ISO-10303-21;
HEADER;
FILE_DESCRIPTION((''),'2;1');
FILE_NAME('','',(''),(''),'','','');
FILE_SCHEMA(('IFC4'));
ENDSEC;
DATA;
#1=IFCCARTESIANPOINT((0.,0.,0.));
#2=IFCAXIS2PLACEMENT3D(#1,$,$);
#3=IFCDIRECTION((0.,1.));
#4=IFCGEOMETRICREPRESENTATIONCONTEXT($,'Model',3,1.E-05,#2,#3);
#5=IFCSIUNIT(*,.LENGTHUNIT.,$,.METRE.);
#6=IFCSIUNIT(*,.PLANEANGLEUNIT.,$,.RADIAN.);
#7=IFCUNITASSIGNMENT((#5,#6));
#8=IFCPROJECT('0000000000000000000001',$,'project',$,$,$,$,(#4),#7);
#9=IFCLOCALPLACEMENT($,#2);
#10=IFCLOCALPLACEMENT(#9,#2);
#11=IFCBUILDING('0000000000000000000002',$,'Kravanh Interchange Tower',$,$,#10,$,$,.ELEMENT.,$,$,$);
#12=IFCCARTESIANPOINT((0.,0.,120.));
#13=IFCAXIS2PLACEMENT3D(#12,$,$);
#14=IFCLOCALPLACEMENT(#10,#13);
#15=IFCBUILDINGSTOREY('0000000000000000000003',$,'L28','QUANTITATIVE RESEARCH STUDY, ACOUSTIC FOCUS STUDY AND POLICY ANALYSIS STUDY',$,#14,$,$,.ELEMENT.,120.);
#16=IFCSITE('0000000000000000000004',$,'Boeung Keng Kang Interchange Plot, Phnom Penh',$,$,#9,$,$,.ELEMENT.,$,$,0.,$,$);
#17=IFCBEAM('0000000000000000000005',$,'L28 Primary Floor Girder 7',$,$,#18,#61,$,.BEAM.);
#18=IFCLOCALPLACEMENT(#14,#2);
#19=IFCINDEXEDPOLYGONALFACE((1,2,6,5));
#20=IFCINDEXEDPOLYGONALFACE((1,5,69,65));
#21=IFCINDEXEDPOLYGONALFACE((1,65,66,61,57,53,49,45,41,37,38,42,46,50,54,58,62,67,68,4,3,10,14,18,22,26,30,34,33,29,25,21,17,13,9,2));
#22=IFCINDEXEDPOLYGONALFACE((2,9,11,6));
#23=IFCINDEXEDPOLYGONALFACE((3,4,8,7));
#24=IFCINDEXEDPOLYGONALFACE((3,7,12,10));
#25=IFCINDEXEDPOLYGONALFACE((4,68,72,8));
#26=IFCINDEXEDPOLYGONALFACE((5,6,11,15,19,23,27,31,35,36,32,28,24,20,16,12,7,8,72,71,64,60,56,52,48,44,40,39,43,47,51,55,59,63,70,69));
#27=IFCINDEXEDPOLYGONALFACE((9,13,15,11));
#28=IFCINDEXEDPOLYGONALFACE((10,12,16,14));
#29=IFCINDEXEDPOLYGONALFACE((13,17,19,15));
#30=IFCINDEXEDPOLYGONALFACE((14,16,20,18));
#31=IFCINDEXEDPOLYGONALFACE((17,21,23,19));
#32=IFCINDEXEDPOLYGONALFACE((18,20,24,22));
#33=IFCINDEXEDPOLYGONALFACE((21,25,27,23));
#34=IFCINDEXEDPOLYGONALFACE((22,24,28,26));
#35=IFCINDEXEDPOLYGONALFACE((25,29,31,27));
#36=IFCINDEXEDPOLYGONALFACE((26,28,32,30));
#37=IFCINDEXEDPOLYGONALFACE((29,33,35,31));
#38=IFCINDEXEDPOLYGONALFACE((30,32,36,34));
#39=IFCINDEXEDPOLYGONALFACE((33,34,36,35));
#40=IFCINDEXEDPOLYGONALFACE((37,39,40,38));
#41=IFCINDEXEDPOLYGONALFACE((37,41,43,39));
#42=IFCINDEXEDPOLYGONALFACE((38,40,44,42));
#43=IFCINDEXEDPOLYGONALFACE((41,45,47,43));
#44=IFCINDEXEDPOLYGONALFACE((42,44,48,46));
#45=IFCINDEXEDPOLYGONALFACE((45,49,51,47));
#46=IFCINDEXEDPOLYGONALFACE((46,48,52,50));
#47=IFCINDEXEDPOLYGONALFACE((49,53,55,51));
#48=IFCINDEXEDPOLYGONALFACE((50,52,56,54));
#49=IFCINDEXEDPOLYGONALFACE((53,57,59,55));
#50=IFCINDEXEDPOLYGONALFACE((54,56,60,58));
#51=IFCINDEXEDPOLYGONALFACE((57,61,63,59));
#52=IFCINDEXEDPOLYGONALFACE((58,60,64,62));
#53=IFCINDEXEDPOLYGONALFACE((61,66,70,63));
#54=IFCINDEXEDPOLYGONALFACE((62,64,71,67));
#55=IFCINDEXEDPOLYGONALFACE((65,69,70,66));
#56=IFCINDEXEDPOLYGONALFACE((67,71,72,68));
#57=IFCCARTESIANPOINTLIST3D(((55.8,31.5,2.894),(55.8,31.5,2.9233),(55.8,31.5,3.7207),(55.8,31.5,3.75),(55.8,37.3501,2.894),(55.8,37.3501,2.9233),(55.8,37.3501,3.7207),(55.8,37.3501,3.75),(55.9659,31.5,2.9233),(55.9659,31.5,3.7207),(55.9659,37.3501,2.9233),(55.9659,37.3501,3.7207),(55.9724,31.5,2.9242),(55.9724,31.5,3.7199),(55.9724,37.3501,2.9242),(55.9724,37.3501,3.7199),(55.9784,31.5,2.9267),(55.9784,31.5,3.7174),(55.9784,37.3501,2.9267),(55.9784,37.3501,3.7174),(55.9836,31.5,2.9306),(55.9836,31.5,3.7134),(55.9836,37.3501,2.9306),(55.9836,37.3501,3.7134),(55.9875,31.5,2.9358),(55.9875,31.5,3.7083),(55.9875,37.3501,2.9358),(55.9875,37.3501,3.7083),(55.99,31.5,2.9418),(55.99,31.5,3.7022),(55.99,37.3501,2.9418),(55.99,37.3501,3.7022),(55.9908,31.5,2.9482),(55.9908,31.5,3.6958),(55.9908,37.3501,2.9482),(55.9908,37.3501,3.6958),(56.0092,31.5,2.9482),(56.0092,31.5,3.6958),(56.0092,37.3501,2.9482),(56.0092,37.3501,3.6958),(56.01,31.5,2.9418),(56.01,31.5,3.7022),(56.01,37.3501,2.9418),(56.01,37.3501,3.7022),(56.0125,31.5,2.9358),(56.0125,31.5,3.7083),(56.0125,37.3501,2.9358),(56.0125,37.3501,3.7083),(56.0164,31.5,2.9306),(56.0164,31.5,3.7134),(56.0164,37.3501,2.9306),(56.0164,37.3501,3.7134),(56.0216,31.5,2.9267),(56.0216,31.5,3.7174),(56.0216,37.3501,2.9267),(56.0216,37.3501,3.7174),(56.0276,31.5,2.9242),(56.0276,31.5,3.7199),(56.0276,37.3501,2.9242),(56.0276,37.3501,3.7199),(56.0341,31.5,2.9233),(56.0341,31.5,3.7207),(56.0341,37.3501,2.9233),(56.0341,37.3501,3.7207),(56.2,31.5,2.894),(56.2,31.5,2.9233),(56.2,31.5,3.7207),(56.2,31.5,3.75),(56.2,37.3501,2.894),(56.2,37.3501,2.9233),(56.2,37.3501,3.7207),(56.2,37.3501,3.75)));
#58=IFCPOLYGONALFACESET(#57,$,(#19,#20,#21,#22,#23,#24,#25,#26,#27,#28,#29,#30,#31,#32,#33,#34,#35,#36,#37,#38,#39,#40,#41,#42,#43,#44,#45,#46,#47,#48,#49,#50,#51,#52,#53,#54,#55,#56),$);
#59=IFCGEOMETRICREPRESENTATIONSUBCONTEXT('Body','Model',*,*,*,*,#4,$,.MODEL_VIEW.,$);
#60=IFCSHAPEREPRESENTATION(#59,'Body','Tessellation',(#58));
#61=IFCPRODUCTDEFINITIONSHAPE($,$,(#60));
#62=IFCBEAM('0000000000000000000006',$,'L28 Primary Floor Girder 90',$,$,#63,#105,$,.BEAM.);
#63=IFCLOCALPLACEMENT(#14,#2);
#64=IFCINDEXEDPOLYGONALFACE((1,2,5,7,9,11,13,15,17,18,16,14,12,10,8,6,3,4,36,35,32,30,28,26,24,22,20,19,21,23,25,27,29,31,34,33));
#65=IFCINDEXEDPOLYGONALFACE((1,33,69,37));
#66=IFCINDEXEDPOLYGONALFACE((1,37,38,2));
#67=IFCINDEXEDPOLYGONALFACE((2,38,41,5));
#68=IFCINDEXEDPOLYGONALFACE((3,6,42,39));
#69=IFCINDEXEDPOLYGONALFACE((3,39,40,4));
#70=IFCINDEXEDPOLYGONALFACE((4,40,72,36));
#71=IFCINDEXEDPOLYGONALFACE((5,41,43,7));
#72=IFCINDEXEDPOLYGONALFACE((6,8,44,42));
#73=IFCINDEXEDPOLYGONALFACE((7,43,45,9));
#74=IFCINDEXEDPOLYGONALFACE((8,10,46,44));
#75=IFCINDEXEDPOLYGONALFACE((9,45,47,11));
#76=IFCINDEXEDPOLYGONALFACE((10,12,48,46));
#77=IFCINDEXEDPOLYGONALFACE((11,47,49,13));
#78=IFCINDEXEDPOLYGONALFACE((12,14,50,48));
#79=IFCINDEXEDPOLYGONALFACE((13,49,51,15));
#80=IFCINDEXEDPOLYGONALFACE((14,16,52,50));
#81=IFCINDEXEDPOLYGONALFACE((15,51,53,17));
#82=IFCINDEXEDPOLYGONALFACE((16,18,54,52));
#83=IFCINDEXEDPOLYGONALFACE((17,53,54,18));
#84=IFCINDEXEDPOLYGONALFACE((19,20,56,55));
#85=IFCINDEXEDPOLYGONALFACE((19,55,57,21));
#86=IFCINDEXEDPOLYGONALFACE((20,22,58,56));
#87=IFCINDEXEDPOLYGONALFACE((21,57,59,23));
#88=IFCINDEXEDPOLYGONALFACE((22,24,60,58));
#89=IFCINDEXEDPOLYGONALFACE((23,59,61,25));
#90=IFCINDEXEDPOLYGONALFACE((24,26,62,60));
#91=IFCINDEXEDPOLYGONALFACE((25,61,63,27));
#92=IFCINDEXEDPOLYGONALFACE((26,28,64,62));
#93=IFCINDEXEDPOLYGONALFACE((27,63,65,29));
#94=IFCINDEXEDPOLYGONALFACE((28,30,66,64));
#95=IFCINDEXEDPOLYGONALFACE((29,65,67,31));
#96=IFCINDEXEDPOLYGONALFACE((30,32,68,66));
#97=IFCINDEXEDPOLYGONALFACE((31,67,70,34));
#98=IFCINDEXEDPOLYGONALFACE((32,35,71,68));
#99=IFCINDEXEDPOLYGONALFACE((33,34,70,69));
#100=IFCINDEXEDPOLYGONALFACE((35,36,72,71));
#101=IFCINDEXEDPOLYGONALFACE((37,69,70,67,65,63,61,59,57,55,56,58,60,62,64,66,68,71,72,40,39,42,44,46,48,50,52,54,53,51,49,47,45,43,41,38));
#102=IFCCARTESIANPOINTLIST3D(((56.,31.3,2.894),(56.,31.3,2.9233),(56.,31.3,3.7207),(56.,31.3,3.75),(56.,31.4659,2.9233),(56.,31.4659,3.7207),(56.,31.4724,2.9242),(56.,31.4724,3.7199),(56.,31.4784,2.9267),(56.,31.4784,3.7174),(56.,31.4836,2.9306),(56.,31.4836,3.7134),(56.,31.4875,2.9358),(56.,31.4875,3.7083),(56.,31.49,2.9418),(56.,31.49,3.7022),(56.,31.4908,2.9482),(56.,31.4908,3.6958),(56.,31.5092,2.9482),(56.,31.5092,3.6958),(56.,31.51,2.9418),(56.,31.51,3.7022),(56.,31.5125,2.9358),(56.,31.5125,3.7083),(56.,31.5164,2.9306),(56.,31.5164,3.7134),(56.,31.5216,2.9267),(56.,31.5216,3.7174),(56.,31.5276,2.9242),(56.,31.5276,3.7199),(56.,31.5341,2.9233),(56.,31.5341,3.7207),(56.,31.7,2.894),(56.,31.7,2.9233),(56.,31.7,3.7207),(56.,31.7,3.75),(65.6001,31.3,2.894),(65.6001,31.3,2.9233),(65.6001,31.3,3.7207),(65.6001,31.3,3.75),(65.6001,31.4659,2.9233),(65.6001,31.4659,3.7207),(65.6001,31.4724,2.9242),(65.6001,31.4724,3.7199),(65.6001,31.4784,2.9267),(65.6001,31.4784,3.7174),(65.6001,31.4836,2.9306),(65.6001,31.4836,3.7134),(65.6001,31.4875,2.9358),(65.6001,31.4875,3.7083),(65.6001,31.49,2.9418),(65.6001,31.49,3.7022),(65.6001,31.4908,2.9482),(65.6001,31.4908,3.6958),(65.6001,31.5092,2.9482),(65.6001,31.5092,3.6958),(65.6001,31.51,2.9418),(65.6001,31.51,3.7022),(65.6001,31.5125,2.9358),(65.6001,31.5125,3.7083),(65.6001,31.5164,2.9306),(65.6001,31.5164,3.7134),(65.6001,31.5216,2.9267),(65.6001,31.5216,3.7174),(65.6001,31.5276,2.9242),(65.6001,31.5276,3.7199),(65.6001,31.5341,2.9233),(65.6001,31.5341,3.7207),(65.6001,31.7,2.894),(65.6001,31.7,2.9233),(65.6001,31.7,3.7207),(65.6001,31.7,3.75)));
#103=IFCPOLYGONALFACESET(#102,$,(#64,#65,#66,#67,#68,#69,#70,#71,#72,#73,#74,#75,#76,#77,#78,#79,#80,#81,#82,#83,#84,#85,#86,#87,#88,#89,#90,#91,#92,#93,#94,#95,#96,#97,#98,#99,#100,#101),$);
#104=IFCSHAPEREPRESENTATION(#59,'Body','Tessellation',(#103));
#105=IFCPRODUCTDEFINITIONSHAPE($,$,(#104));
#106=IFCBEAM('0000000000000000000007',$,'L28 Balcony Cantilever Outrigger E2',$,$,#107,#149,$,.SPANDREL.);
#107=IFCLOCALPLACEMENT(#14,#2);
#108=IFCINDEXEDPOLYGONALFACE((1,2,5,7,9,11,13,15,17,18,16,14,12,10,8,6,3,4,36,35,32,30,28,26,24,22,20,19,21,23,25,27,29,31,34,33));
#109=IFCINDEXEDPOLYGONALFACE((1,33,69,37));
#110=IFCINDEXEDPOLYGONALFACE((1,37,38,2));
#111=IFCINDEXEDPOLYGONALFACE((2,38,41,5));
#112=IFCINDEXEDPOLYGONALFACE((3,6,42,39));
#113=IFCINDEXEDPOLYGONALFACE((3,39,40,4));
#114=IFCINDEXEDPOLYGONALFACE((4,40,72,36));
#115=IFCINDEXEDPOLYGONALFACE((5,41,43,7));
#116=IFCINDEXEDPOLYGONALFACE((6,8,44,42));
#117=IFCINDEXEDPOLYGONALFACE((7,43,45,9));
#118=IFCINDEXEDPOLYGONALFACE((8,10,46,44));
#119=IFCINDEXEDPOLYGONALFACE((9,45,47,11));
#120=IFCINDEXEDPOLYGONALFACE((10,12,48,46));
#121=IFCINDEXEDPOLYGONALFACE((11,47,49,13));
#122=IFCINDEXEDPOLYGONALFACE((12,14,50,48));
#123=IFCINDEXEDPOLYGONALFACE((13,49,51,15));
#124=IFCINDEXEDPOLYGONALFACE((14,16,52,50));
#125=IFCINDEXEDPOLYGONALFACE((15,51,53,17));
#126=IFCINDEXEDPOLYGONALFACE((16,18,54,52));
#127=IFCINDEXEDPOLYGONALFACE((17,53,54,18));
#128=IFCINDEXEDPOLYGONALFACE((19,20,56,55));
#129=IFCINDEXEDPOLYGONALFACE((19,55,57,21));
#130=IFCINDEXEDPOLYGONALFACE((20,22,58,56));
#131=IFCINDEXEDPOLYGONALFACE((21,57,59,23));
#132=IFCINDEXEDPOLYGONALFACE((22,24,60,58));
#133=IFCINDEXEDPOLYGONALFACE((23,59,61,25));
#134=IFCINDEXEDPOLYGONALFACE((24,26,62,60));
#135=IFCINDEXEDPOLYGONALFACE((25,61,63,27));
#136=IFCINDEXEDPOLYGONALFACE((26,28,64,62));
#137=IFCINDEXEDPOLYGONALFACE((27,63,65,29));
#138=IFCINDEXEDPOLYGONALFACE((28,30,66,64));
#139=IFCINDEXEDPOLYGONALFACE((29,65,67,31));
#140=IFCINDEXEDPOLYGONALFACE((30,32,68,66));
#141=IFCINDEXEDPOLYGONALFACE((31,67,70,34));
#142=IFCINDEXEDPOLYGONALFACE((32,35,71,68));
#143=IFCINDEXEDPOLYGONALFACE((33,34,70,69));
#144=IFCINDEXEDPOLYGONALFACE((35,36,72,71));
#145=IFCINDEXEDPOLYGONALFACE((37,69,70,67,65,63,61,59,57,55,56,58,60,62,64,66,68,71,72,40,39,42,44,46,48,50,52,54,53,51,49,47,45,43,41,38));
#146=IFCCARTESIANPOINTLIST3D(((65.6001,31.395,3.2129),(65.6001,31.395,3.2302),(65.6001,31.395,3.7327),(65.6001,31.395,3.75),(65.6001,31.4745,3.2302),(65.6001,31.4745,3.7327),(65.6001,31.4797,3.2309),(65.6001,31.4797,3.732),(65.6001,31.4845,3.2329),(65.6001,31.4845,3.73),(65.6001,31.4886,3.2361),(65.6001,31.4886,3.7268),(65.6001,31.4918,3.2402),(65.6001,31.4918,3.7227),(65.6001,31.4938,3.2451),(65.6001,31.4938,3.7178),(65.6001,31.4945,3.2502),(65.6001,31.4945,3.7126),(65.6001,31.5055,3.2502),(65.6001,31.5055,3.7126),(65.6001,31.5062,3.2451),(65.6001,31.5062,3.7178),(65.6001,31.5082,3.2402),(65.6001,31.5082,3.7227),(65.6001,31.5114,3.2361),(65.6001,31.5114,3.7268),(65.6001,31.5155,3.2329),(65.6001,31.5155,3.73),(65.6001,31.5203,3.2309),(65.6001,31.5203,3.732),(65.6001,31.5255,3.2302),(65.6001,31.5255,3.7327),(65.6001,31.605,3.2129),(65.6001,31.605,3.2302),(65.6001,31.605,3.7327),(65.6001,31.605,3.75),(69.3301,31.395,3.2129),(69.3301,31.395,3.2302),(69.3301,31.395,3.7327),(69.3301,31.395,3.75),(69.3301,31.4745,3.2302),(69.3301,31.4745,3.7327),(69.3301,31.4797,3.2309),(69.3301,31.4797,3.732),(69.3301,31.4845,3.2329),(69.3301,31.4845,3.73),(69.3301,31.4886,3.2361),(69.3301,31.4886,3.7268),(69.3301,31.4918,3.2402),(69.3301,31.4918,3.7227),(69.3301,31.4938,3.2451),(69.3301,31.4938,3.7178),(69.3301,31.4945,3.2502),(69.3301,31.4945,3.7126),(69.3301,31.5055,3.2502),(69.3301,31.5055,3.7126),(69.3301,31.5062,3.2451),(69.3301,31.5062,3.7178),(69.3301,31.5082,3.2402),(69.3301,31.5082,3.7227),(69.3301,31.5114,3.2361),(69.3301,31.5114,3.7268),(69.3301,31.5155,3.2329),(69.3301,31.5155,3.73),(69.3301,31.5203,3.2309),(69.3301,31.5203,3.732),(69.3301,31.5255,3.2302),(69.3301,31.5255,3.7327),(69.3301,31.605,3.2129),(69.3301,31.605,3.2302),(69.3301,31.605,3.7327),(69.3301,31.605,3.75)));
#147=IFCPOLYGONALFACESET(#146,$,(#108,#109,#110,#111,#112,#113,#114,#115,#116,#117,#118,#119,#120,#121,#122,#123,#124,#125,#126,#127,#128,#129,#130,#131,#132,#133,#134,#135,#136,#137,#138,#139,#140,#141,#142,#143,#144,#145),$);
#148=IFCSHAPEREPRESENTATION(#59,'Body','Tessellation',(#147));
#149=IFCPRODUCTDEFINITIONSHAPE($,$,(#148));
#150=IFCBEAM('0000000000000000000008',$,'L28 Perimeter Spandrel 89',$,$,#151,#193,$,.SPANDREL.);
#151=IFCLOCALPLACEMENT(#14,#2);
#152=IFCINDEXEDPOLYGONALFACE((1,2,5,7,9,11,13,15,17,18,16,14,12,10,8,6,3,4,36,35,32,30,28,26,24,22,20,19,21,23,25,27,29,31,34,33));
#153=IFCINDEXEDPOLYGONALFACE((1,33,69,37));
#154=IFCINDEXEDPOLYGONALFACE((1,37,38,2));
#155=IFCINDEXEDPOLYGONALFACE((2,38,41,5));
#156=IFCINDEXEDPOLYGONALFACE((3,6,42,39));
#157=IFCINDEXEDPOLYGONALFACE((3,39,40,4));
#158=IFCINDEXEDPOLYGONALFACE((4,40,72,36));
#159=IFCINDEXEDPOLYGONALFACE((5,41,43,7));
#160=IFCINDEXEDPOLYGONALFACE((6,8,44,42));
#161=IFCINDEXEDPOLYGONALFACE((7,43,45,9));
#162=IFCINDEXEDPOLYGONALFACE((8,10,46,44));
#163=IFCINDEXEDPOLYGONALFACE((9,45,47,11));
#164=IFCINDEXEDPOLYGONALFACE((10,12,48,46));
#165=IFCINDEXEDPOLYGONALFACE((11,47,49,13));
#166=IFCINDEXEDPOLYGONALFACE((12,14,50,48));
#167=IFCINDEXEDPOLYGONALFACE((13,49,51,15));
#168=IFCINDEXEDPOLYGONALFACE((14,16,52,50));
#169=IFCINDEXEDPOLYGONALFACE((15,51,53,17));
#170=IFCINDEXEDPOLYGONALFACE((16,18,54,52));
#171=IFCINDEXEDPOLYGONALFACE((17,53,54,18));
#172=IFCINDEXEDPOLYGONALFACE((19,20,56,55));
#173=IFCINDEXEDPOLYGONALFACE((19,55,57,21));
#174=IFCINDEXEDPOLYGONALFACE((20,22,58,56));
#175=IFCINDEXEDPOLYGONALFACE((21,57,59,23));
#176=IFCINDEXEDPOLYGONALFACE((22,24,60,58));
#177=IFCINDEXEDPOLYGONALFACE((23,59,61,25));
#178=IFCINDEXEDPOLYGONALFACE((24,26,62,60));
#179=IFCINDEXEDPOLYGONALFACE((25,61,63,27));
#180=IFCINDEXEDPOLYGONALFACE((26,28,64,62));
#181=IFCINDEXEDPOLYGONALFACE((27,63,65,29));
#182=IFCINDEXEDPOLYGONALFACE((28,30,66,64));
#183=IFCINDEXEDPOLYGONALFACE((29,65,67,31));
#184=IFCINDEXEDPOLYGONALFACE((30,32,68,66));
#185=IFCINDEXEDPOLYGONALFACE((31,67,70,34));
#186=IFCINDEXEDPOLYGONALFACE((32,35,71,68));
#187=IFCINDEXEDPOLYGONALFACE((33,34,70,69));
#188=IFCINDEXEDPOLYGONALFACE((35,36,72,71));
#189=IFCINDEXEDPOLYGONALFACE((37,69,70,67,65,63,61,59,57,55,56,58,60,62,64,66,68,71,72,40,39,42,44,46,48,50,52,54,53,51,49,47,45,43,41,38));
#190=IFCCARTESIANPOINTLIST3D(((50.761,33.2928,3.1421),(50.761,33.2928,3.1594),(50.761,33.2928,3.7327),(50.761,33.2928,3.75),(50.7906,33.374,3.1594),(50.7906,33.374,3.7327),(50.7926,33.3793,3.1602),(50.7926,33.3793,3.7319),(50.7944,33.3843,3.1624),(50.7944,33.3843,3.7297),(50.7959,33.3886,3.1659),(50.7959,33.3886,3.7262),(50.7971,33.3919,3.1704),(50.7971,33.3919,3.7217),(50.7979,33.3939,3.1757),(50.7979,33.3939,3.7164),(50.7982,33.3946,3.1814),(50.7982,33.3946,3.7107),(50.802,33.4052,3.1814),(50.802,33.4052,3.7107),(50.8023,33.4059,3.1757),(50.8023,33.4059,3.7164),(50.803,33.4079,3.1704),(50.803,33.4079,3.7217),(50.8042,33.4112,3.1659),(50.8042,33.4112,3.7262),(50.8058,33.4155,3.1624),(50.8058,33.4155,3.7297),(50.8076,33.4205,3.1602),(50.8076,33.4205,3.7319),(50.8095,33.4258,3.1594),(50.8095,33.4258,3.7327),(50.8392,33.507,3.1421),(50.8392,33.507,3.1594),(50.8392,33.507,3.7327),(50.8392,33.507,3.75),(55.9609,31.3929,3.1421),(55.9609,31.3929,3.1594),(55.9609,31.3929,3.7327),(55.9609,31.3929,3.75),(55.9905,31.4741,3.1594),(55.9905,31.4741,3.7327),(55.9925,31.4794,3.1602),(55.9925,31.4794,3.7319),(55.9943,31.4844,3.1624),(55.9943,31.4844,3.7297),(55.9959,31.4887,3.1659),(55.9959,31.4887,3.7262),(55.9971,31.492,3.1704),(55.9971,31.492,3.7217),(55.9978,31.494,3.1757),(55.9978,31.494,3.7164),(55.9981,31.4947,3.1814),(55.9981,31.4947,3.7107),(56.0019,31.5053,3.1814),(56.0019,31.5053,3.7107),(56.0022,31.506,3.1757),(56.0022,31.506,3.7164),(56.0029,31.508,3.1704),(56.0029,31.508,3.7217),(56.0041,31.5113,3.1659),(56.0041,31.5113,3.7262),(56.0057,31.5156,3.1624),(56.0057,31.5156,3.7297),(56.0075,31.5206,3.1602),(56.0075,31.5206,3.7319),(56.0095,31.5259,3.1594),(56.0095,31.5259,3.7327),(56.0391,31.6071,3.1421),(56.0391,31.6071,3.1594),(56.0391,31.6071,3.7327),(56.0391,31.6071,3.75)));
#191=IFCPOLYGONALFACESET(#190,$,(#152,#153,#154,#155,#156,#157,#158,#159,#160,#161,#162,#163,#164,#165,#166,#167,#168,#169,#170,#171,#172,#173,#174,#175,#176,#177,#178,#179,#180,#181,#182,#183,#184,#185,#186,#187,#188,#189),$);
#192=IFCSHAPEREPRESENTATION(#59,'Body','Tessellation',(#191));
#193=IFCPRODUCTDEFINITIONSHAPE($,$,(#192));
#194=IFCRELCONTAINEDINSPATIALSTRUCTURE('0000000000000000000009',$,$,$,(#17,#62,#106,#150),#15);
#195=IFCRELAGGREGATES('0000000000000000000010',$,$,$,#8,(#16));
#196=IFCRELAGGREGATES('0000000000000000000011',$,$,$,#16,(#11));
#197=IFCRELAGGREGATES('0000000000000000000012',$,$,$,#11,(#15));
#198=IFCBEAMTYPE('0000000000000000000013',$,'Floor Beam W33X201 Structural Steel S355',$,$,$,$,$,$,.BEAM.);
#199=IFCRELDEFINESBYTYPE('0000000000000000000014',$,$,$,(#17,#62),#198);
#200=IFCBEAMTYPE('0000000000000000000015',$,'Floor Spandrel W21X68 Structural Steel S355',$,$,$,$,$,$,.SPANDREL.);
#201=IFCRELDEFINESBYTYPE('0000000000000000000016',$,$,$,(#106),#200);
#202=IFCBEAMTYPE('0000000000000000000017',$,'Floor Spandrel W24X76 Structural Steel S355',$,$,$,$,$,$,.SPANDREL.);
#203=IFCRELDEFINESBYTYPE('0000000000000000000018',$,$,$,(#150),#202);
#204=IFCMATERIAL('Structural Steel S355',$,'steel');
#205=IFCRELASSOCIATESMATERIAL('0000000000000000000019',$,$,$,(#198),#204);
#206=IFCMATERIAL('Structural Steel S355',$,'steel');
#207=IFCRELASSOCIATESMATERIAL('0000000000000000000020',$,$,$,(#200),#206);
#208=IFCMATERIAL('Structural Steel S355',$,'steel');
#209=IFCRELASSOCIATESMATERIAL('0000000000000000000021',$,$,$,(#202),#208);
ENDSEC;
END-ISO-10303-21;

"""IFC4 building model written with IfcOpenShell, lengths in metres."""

from ifc_helpers import new_model, si_unit, direction, frame, origin, origin_2d, place, context, subcontext, project, spatial, i_section, extrude, material, material_profile, profile_set, type_object, element, save


model = new_model("IFC4")

# Units and contexts
model_context = context("Model", 3, precision=1e-05, world=origin(), true_north=direction((0.0, 1.0)))
body_context = subcontext(model_context, "Body", "Model", "MODEL_VIEW")
ifc_project = project(units=[si_unit("LENGTHUNIT", "METRE"), si_unit("PLANEANGLEUNIT", "RADIAN")], contexts=[model_context])

# Site, building, storey
site_placement = place(None, origin())
site = spatial("IfcSite", under=ifc_project, at=site_placement, Name="Boeung Keng Kang Interchange Plot, Phnom Penh", CompositionType="ELEMENT", RefElevation=0.0)
building_placement = place(site_placement, origin())
building = spatial("IfcBuilding", under=site, at=building_placement, Name="Kravanh Interchange Tower", CompositionType="ELEMENT")
storey_placement = place(building_placement, frame((0.0, 0.0, 120.0)))
storey = spatial("IfcBuildingStorey", under=building, at=storey_placement, Name="L28", Description="QUANTITATIVE RESEARCH STUDY, ACOUSTIC FOCUS STUDY AND POLICY ANALYSIS STUDY", CompositionType="ELEMENT", Elevation=120.0)

# Beams
ifc_material_1 = material(Name="Structural Steel S355", Category="steel")
ifc_material_profile_1 = material_profile(ifc_material_1, i_section(OverallWidth=0.3999, OverallDepth=0.856, WebThickness=0.0183, FlangeThickness=0.0293, FilletRadius=0.0249, at=origin_2d()), Name="W33X201")
ifc_profile_set_1 = profile_set([ifc_material_profile_1], Name="Structural Steel S355")
beam_type_1 = type_object("IfcBeamType", Name="Floor Beam W33X201 Structural Steel S355", PredefinedType="BEAM", material=ifc_profile_set_1)
beam_1_placement = place(storey_placement, frame((56.0, 37.3501, 3.322), z_axis=(0.0, -1.0, 0.0), x_axis=(1.0, 0.0, 0.0)))
element("IfcBeam", 1, at=beam_1_placement, inside=storey, type_object=beam_type_1, Name="L28 Primary Floor Girder 7", PredefinedType="BEAM", context=body_context, shape_type="SweptSolid", body=[
    extrude(i_section(OverallWidth=0.3999, OverallDepth=0.856, WebThickness=0.0183, FlangeThickness=0.0293, FilletRadius=0.0249, at=origin_2d()), origin(), (0.0, 0.0, 1.0), 5.8501),
])
beam_2_placement = place(storey_placement, frame((56.0, 31.5, 3.322), z_axis=(1.0, 0.0, 0.0), x_axis=(0.0, 1.0, 0.0)))
element("IfcBeam", 2, at=beam_2_placement, inside=storey, type_object=beam_type_1, Name="L28 Primary Floor Girder 90", PredefinedType="BEAM", context=body_context, shape_type="SweptSolid", body=[
    extrude(i_section(OverallWidth=0.3999, OverallDepth=0.856, WebThickness=0.0183, FlangeThickness=0.0293, FilletRadius=0.0249, at=origin_2d()), origin(), (0.0, 0.0, 1.0), 9.6001),
])
ifc_material_2 = material(Name="Structural Steel S355", Category="steel")
ifc_material_profile_2 = material_profile(ifc_material_2, i_section(OverallWidth=0.21, OverallDepth=0.5371, WebThickness=0.011, FlangeThickness=0.0173, FilletRadius=0.02, at=origin_2d()), Name="W21X68")
ifc_profile_set_2 = profile_set([ifc_material_profile_2], Name="Structural Steel S355")
beam_type_2 = type_object("IfcBeamType", Name="Floor Spandrel W21X68 Structural Steel S355", PredefinedType="SPANDREL", material=ifc_profile_set_2)
beam_3_placement = place(storey_placement, frame((65.6001, 31.5, 3.4814), z_axis=(1.0, 0.0, 0.0), x_axis=(0.0, 1.0, 0.0)))
element("IfcBeam", 3, at=beam_3_placement, inside=storey, type_object=beam_type_2, Name="L28 Balcony Cantilever Outrigger E2", PredefinedType="SPANDREL", context=body_context, shape_type="SweptSolid", body=[
    extrude(i_section(OverallWidth=0.21, OverallDepth=0.5371, WebThickness=0.011, FlangeThickness=0.0173, FilletRadius=0.02, at=origin_2d()), origin(), (0.0, 0.0, 1.0), 3.73),
])
ifc_material_3 = material(Name="Structural Steel S355", Category="steel")
ifc_material_profile_3 = material_profile(ifc_material_3, i_section(OverallWidth=0.228, OverallDepth=0.6079, WebThickness=0.0112, FlangeThickness=0.0173, FilletRadius=0.022, at=origin_2d()), Name="W24X76")
ifc_profile_set_3 = profile_set([ifc_material_profile_3], Name="Structural Steel S355")
beam_type_3 = type_object("IfcBeamType", Name="Floor Spandrel W24X76 Structural Steel S355", PredefinedType="SPANDREL", material=ifc_profile_set_3)
beam_4_placement = place(storey_placement, frame((56.0, 31.5, 3.446), z_axis=(-0.93927, 0.34318, 0.0), x_axis=(-0.34318, -0.93927, 0.0)))
element("IfcBeam", 4, at=beam_4_placement, inside=storey, type_object=beam_type_3, Name="L28 Perimeter Spandrel 89", PredefinedType="SPANDREL", context=body_context, shape_type="SweptSolid", body=[
    extrude(i_section(OverallWidth=0.228, OverallDepth=0.6079, WebThickness=0.0112, FlangeThickness=0.0173, FilletRadius=0.022, at=origin_2d()), origin(), (0.0, 0.0, 1.0), 5.5361),
])

save(model, "model.ifc")
